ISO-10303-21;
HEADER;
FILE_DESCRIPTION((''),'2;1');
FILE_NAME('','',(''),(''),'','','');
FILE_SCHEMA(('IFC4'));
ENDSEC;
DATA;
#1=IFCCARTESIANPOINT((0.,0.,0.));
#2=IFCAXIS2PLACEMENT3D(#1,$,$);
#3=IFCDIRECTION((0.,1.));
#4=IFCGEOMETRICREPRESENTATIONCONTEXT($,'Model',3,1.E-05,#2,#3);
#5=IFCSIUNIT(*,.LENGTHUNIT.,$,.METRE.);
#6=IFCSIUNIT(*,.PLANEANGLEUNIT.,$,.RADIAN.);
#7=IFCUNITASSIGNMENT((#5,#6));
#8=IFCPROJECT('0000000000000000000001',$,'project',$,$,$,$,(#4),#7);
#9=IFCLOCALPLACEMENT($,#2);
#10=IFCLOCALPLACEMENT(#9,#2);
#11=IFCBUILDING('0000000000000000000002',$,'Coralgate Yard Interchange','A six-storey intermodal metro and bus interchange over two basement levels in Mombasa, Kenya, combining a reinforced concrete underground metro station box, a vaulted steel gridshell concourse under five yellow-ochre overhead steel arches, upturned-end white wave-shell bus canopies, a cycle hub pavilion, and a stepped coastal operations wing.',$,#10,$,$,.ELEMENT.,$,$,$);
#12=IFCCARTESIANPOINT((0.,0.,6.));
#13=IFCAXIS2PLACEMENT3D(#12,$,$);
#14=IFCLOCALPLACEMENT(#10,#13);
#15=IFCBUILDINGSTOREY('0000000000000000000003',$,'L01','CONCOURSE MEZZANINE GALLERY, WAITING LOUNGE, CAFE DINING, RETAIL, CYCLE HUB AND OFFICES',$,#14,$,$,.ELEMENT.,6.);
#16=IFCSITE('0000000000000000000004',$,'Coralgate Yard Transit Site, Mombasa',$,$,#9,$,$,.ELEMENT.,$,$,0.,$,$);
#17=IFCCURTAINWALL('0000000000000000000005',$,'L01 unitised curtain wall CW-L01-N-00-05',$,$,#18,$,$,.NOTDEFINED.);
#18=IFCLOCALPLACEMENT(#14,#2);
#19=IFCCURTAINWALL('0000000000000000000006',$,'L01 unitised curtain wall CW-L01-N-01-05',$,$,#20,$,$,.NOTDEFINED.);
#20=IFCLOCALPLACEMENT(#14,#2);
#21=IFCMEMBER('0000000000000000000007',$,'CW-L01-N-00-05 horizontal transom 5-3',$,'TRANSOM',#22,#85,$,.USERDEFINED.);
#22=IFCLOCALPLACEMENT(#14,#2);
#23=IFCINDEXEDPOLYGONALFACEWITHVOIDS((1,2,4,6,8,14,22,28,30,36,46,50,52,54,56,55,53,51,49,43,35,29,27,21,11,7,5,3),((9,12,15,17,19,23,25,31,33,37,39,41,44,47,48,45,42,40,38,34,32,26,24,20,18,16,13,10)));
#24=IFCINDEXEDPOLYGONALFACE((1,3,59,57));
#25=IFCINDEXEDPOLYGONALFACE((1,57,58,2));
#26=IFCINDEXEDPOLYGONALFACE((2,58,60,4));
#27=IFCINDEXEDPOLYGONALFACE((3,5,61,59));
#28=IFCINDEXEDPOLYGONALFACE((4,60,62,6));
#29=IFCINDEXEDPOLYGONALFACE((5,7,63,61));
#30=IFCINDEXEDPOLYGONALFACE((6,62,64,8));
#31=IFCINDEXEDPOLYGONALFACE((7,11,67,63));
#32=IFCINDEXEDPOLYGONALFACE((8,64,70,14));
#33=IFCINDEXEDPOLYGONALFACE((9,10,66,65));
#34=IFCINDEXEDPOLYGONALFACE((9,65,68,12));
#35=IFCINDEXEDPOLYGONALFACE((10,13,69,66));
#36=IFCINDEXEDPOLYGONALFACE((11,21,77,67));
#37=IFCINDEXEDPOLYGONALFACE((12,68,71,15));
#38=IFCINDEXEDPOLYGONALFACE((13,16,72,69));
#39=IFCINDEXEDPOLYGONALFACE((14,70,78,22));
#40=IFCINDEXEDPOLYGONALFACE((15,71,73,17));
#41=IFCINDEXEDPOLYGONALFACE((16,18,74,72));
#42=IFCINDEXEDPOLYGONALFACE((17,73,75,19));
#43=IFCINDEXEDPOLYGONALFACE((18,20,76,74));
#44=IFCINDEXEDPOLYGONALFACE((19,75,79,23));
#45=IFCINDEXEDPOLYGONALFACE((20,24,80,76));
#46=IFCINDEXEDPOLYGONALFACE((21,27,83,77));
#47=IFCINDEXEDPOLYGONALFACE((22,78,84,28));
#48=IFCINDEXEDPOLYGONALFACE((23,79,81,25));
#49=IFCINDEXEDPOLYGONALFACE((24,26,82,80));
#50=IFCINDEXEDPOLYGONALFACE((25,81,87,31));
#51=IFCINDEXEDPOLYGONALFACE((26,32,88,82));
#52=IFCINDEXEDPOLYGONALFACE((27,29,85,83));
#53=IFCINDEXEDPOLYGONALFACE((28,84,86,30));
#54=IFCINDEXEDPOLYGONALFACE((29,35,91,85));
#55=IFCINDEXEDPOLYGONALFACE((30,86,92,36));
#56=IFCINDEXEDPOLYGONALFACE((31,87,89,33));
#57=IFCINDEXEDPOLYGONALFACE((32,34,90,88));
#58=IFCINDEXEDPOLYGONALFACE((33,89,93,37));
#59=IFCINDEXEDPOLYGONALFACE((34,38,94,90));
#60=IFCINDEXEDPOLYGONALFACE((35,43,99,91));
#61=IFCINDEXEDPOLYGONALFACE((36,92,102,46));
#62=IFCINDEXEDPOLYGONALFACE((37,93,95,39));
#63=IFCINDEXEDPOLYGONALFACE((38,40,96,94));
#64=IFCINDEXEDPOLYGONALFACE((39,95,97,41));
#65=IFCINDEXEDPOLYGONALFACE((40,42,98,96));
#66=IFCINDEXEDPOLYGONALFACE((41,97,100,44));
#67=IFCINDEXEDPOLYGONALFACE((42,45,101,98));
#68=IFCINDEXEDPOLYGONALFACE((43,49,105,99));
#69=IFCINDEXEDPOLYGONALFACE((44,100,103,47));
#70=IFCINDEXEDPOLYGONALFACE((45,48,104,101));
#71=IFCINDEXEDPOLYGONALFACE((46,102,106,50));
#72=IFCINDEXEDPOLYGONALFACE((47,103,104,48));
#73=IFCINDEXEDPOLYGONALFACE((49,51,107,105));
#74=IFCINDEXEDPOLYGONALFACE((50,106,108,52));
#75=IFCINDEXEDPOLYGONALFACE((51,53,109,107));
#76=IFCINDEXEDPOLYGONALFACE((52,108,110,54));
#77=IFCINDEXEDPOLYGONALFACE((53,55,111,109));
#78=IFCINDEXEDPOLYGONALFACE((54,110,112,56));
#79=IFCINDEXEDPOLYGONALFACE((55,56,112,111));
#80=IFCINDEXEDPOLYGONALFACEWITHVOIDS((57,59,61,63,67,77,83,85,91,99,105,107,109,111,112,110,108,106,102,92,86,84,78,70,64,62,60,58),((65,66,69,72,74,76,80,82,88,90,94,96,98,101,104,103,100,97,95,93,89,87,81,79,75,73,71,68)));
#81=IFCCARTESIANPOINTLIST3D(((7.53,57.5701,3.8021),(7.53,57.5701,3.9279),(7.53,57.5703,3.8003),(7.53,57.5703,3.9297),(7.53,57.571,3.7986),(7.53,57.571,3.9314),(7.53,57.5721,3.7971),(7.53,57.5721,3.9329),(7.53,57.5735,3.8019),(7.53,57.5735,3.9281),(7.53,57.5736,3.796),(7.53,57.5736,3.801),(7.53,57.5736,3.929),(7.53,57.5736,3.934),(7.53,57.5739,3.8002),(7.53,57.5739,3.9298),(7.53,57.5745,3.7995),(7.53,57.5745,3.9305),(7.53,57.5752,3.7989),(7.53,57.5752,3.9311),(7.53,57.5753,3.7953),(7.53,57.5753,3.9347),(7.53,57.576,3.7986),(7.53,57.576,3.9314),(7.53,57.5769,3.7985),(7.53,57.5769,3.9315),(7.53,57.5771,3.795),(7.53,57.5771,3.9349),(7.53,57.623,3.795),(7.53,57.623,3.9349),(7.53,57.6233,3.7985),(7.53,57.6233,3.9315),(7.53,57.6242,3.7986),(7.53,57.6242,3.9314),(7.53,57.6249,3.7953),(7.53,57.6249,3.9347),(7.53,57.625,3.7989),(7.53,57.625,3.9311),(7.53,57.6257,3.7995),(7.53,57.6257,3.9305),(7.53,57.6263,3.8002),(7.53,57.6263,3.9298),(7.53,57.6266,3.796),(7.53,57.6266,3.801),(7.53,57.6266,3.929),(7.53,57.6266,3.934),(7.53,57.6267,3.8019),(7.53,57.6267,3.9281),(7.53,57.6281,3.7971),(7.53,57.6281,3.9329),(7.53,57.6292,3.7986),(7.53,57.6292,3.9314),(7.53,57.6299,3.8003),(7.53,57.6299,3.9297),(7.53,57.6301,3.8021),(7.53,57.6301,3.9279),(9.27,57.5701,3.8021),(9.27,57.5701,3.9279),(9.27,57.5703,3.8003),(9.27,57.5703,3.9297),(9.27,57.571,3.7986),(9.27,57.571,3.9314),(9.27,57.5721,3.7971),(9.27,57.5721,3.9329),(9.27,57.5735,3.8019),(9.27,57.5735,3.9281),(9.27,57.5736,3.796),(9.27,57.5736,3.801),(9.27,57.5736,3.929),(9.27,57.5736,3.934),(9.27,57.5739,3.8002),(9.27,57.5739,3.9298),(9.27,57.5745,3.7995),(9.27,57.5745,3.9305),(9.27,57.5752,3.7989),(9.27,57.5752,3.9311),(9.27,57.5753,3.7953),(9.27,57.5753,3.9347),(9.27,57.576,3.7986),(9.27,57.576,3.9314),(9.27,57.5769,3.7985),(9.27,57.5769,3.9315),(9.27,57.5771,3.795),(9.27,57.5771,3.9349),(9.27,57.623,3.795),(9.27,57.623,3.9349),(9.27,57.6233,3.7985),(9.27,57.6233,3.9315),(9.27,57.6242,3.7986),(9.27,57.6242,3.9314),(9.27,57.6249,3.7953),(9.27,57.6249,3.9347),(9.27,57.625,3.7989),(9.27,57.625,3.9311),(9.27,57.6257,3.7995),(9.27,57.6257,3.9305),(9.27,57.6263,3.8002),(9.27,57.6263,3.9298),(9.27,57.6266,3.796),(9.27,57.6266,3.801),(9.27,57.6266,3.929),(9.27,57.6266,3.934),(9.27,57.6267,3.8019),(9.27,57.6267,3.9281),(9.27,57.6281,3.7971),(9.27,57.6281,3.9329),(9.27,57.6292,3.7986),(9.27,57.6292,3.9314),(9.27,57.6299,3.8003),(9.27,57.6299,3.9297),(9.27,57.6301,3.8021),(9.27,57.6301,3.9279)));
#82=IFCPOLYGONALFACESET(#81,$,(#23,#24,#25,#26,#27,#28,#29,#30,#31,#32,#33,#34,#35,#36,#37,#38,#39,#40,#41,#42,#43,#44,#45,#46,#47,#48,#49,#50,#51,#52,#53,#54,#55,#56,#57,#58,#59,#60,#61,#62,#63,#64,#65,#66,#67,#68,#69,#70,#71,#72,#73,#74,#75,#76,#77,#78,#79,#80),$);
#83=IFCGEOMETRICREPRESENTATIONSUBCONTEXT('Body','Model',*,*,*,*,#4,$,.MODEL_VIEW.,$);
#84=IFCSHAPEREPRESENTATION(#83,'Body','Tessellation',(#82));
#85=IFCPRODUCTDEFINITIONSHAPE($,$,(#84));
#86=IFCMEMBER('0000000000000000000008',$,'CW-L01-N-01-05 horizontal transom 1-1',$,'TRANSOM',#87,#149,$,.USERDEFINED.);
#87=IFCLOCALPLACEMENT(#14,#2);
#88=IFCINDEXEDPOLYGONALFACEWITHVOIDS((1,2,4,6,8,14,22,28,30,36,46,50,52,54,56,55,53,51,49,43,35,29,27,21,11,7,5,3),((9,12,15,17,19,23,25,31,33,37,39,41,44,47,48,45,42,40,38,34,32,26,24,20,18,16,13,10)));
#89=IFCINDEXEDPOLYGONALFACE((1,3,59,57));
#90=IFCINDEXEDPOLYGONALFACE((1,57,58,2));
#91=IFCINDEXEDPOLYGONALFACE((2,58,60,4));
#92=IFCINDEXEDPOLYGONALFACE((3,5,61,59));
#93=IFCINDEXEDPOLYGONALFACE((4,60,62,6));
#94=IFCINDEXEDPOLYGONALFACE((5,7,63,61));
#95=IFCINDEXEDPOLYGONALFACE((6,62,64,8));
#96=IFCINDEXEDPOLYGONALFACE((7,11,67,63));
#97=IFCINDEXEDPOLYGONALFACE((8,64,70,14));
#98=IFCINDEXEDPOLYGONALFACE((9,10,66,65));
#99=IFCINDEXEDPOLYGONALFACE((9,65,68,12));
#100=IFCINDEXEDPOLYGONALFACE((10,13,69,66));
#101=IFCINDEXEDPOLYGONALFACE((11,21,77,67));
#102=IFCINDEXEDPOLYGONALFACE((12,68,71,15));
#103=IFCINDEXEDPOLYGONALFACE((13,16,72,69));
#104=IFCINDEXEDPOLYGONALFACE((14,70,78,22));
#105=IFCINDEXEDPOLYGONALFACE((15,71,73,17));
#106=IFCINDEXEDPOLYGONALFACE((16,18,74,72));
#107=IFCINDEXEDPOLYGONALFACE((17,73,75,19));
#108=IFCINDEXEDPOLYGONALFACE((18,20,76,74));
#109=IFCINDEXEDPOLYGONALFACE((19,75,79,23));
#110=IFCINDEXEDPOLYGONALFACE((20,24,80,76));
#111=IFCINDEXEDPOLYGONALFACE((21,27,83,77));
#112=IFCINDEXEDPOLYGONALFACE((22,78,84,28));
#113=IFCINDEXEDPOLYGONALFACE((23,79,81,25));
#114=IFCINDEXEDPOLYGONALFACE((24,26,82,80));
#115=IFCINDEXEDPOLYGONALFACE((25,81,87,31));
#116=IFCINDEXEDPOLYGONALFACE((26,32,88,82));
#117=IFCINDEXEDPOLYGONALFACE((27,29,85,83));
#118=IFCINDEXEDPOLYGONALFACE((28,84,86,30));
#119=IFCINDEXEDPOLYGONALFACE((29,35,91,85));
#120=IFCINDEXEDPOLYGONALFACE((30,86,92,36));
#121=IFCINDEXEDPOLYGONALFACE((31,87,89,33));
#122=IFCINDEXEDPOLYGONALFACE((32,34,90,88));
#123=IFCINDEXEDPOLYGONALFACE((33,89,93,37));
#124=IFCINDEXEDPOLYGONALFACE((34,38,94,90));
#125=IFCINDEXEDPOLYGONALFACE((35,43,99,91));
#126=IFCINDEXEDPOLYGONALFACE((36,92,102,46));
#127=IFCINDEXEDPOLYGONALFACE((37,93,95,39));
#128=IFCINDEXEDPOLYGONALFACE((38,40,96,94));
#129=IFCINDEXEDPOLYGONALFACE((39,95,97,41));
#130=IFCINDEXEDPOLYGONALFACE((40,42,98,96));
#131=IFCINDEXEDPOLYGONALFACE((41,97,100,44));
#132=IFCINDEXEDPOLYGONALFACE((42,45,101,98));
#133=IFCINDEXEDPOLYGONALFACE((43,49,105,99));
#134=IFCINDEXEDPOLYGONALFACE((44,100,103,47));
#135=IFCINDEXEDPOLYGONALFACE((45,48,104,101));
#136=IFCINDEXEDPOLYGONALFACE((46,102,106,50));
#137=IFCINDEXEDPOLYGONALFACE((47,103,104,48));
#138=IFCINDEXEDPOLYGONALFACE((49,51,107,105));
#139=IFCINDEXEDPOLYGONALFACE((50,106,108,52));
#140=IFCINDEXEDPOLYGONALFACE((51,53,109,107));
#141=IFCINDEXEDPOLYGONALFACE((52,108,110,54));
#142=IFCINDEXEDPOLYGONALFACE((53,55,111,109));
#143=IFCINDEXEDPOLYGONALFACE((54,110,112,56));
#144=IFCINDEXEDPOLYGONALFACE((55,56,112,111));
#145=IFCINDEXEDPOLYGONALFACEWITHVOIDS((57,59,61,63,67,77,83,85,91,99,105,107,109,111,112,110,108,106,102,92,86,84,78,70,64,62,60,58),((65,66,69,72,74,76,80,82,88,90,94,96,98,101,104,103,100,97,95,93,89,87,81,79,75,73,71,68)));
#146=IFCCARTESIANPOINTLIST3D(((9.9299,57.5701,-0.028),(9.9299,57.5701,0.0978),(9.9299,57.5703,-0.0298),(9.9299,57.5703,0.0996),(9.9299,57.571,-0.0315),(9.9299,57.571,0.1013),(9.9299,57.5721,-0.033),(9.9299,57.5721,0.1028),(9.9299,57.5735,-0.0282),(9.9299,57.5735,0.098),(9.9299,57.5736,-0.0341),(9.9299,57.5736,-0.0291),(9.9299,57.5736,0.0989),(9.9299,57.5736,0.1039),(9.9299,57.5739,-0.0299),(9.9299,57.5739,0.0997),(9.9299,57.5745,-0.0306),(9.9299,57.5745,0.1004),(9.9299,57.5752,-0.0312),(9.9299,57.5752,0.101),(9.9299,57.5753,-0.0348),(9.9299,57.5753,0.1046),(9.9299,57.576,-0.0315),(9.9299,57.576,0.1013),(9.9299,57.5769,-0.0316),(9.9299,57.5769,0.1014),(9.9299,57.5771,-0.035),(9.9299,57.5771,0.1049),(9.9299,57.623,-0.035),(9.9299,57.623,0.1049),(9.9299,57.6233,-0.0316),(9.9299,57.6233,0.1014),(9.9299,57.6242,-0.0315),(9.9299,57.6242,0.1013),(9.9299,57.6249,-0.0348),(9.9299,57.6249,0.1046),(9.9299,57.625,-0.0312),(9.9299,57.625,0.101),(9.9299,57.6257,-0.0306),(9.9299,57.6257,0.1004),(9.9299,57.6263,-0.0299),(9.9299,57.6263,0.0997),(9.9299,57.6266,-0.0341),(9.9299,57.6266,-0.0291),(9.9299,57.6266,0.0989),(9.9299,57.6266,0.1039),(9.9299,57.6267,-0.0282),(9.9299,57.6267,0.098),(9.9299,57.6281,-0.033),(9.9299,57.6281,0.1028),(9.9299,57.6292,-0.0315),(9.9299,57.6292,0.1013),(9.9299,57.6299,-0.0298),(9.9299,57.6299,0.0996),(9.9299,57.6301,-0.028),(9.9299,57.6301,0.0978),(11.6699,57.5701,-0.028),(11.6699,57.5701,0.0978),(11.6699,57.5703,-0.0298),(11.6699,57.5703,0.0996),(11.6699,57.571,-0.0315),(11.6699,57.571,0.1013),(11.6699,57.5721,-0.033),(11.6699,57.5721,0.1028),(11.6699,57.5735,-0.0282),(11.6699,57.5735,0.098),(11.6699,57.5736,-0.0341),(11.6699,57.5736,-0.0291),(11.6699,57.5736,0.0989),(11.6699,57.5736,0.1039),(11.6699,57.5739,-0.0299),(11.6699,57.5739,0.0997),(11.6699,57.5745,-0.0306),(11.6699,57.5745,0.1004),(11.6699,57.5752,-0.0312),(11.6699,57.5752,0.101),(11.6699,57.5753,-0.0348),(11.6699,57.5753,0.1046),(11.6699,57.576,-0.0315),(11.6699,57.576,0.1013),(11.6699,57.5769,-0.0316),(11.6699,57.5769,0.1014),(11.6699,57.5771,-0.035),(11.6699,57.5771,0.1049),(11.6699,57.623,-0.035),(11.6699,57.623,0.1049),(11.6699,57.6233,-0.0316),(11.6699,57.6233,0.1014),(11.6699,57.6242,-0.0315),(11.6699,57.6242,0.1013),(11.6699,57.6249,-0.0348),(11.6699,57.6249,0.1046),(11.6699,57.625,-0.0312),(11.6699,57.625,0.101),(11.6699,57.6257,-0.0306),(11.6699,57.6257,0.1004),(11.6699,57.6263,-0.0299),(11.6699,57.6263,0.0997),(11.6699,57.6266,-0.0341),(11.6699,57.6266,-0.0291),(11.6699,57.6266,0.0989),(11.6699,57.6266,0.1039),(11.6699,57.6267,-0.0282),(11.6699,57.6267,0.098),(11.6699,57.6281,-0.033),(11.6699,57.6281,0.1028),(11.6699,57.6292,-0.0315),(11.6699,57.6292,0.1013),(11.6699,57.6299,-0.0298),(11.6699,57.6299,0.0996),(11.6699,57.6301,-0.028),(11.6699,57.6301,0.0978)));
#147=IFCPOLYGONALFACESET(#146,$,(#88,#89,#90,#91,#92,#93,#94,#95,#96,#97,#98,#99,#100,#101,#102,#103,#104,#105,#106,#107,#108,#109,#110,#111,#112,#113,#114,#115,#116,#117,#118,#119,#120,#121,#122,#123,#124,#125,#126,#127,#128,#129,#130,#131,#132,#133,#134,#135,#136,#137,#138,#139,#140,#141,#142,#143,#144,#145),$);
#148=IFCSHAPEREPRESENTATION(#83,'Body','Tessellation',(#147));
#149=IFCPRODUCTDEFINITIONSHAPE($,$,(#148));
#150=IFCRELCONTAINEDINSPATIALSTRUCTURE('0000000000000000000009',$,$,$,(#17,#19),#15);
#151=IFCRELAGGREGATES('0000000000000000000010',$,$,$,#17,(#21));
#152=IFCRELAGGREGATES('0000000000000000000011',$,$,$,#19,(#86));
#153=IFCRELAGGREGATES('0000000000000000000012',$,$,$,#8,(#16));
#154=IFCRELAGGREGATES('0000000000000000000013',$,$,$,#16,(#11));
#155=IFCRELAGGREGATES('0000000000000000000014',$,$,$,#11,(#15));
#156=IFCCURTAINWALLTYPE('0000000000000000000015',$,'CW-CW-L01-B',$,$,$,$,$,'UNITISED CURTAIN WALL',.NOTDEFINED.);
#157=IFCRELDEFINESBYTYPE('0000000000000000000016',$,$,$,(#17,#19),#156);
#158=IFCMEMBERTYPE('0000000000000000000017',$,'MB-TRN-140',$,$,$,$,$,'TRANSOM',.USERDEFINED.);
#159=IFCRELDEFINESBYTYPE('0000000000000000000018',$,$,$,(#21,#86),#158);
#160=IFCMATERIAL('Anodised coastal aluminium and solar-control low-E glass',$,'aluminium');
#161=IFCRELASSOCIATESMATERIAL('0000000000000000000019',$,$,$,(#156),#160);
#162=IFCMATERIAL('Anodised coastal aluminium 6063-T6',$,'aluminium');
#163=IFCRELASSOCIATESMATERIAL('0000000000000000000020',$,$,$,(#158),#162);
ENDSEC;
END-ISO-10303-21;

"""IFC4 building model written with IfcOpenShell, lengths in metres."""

from ifc_helpers import new_model, si_unit, direction, frame, origin, origin_2d, place, context, subcontext, project, spatial, hollow_rectangle, extrude, material, material_profile, profile_set, type_object, element, aggregate, save


model = new_model("IFC4")

# Units and contexts
model_context = context("Model", 3, precision=1e-05, world=origin(), true_north=direction((0.0, 1.0)))
body_context = subcontext(model_context, "Body", "Model", "MODEL_VIEW")
ifc_project = project(units=[si_unit("LENGTHUNIT", "METRE"), si_unit("PLANEANGLEUNIT", "RADIAN")], contexts=[model_context])

# Site, building, storey
site_placement = place(None, origin())
site = spatial("IfcSite", under=ifc_project, at=site_placement, Name="Coralgate Yard Transit Site, Mombasa", CompositionType="ELEMENT", RefElevation=0.0)
building_placement = place(site_placement, origin())
building = spatial("IfcBuilding", under=site, at=building_placement, Name="Coralgate Yard Interchange", Description="A six-storey intermodal metro and bus interchange over two basement levels in Mombasa, Kenya, combining a reinforced concrete underground metro station box, a vaulted steel gridshell concourse under five yellow-ochre overhead steel arches, upturned-end white wave-shell bus canopies, a cycle hub pavilion, and a stepped coastal operations wing.", CompositionType="ELEMENT")
storey_placement = place(building_placement, frame((0.0, 0.0, 6.0)))
storey = spatial("IfcBuildingStorey", under=building, at=storey_placement, Name="L01", Description="CONCOURSE MEZZANINE GALLERY, WAITING LOUNGE, CAFE DINING, RETAIL, CYCLE HUB AND OFFICES", CompositionType="ELEMENT", Elevation=6.0)

# Curtain walls
ifc_material_1 = material(Name="Anodised coastal aluminium and solar-control low-E glass", Category="aluminium")
curtain_wall_type = type_object("IfcCurtainWallType", Name="CW-CW-L01-B", ElementType="UNITISED CURTAIN WALL", PredefinedType="NOTDEFINED", material=ifc_material_1)
curtain_wall_1_placement = place(storey_placement, origin())
curtain_wall_1 = element("IfcCurtainWall", 1, at=curtain_wall_1_placement, inside=storey, type_object=curtain_wall_type, Name="L01 unitised curtain wall CW-L01-N-00-05", PredefinedType="NOTDEFINED")
ifc_material_2 = material(Name="Anodised coastal aluminium 6063-T6", Category="aluminium")
curtain_wall_2_placement = place(storey_placement, origin())
curtain_wall_2 = element("IfcCurtainWall", 2, at=curtain_wall_2_placement, inside=storey, type_object=curtain_wall_type, Name="L01 unitised curtain wall CW-L01-N-01-05", PredefinedType="NOTDEFINED")

# Members
ifc_material_profile_1 = material_profile(ifc_material_2, hollow_rectangle(XDim=0.0601, YDim=0.1399, WallThickness=0.0034, InnerFilletRadius=0.0034, OuterFilletRadius=0.0071, at=origin_2d()), Name="ALU 60x140x3.5")
ifc_profile_set_1 = profile_set([ifc_material_profile_1], Name="Anodised coastal aluminium 6063-T6")
member_type_1 = type_object("IfcMemberType", Name="MB-TRN-140", ElementType="TRANSOM", PredefinedType="USERDEFINED", material=ifc_profile_set_1)
member_1_placement = place(storey_placement, frame((7.53, 57.6001, 3.865), z_axis=(1.0, 0.0, 0.0), x_axis=(0.0, 1.0, 0.0)))
member_1 = element("IfcMember", 3, at=member_1_placement, type_object=member_type_1, Name="CW-L01-N-00-05 horizontal transom 5-3", ObjectType="TRANSOM", PredefinedType="USERDEFINED", context=body_context, shape_type="SweptSolid", body=[
    extrude(hollow_rectangle(XDim=0.0601, YDim=0.1399, WallThickness=0.0034, InnerFilletRadius=0.0034, OuterFilletRadius=0.0071, at=origin_2d()), origin(), (0.0, 0.0, 1.0), 1.74),
])
member_2_placement = place(storey_placement, frame((9.9299, 57.6001, 0.0349), z_axis=(1.0, 0.0, 0.0), x_axis=(0.0, 1.0, 0.0)))
member_2 = element("IfcMember", 4, at=member_2_placement, type_object=member_type_1, Name="CW-L01-N-01-05 horizontal transom 1-1", ObjectType="TRANSOM", PredefinedType="USERDEFINED", context=body_context, shape_type="SweptSolid", body=[
    extrude(hollow_rectangle(XDim=0.0601, YDim=0.1399, WallThickness=0.0034, InnerFilletRadius=0.0034, OuterFilletRadius=0.0071, at=origin_2d()), origin(), (0.0, 0.0, 1.0), 1.74),
])

aggregate(curtain_wall_1, [member_1])
aggregate(curtain_wall_2, [member_2])

save(model, "model.ifc")
